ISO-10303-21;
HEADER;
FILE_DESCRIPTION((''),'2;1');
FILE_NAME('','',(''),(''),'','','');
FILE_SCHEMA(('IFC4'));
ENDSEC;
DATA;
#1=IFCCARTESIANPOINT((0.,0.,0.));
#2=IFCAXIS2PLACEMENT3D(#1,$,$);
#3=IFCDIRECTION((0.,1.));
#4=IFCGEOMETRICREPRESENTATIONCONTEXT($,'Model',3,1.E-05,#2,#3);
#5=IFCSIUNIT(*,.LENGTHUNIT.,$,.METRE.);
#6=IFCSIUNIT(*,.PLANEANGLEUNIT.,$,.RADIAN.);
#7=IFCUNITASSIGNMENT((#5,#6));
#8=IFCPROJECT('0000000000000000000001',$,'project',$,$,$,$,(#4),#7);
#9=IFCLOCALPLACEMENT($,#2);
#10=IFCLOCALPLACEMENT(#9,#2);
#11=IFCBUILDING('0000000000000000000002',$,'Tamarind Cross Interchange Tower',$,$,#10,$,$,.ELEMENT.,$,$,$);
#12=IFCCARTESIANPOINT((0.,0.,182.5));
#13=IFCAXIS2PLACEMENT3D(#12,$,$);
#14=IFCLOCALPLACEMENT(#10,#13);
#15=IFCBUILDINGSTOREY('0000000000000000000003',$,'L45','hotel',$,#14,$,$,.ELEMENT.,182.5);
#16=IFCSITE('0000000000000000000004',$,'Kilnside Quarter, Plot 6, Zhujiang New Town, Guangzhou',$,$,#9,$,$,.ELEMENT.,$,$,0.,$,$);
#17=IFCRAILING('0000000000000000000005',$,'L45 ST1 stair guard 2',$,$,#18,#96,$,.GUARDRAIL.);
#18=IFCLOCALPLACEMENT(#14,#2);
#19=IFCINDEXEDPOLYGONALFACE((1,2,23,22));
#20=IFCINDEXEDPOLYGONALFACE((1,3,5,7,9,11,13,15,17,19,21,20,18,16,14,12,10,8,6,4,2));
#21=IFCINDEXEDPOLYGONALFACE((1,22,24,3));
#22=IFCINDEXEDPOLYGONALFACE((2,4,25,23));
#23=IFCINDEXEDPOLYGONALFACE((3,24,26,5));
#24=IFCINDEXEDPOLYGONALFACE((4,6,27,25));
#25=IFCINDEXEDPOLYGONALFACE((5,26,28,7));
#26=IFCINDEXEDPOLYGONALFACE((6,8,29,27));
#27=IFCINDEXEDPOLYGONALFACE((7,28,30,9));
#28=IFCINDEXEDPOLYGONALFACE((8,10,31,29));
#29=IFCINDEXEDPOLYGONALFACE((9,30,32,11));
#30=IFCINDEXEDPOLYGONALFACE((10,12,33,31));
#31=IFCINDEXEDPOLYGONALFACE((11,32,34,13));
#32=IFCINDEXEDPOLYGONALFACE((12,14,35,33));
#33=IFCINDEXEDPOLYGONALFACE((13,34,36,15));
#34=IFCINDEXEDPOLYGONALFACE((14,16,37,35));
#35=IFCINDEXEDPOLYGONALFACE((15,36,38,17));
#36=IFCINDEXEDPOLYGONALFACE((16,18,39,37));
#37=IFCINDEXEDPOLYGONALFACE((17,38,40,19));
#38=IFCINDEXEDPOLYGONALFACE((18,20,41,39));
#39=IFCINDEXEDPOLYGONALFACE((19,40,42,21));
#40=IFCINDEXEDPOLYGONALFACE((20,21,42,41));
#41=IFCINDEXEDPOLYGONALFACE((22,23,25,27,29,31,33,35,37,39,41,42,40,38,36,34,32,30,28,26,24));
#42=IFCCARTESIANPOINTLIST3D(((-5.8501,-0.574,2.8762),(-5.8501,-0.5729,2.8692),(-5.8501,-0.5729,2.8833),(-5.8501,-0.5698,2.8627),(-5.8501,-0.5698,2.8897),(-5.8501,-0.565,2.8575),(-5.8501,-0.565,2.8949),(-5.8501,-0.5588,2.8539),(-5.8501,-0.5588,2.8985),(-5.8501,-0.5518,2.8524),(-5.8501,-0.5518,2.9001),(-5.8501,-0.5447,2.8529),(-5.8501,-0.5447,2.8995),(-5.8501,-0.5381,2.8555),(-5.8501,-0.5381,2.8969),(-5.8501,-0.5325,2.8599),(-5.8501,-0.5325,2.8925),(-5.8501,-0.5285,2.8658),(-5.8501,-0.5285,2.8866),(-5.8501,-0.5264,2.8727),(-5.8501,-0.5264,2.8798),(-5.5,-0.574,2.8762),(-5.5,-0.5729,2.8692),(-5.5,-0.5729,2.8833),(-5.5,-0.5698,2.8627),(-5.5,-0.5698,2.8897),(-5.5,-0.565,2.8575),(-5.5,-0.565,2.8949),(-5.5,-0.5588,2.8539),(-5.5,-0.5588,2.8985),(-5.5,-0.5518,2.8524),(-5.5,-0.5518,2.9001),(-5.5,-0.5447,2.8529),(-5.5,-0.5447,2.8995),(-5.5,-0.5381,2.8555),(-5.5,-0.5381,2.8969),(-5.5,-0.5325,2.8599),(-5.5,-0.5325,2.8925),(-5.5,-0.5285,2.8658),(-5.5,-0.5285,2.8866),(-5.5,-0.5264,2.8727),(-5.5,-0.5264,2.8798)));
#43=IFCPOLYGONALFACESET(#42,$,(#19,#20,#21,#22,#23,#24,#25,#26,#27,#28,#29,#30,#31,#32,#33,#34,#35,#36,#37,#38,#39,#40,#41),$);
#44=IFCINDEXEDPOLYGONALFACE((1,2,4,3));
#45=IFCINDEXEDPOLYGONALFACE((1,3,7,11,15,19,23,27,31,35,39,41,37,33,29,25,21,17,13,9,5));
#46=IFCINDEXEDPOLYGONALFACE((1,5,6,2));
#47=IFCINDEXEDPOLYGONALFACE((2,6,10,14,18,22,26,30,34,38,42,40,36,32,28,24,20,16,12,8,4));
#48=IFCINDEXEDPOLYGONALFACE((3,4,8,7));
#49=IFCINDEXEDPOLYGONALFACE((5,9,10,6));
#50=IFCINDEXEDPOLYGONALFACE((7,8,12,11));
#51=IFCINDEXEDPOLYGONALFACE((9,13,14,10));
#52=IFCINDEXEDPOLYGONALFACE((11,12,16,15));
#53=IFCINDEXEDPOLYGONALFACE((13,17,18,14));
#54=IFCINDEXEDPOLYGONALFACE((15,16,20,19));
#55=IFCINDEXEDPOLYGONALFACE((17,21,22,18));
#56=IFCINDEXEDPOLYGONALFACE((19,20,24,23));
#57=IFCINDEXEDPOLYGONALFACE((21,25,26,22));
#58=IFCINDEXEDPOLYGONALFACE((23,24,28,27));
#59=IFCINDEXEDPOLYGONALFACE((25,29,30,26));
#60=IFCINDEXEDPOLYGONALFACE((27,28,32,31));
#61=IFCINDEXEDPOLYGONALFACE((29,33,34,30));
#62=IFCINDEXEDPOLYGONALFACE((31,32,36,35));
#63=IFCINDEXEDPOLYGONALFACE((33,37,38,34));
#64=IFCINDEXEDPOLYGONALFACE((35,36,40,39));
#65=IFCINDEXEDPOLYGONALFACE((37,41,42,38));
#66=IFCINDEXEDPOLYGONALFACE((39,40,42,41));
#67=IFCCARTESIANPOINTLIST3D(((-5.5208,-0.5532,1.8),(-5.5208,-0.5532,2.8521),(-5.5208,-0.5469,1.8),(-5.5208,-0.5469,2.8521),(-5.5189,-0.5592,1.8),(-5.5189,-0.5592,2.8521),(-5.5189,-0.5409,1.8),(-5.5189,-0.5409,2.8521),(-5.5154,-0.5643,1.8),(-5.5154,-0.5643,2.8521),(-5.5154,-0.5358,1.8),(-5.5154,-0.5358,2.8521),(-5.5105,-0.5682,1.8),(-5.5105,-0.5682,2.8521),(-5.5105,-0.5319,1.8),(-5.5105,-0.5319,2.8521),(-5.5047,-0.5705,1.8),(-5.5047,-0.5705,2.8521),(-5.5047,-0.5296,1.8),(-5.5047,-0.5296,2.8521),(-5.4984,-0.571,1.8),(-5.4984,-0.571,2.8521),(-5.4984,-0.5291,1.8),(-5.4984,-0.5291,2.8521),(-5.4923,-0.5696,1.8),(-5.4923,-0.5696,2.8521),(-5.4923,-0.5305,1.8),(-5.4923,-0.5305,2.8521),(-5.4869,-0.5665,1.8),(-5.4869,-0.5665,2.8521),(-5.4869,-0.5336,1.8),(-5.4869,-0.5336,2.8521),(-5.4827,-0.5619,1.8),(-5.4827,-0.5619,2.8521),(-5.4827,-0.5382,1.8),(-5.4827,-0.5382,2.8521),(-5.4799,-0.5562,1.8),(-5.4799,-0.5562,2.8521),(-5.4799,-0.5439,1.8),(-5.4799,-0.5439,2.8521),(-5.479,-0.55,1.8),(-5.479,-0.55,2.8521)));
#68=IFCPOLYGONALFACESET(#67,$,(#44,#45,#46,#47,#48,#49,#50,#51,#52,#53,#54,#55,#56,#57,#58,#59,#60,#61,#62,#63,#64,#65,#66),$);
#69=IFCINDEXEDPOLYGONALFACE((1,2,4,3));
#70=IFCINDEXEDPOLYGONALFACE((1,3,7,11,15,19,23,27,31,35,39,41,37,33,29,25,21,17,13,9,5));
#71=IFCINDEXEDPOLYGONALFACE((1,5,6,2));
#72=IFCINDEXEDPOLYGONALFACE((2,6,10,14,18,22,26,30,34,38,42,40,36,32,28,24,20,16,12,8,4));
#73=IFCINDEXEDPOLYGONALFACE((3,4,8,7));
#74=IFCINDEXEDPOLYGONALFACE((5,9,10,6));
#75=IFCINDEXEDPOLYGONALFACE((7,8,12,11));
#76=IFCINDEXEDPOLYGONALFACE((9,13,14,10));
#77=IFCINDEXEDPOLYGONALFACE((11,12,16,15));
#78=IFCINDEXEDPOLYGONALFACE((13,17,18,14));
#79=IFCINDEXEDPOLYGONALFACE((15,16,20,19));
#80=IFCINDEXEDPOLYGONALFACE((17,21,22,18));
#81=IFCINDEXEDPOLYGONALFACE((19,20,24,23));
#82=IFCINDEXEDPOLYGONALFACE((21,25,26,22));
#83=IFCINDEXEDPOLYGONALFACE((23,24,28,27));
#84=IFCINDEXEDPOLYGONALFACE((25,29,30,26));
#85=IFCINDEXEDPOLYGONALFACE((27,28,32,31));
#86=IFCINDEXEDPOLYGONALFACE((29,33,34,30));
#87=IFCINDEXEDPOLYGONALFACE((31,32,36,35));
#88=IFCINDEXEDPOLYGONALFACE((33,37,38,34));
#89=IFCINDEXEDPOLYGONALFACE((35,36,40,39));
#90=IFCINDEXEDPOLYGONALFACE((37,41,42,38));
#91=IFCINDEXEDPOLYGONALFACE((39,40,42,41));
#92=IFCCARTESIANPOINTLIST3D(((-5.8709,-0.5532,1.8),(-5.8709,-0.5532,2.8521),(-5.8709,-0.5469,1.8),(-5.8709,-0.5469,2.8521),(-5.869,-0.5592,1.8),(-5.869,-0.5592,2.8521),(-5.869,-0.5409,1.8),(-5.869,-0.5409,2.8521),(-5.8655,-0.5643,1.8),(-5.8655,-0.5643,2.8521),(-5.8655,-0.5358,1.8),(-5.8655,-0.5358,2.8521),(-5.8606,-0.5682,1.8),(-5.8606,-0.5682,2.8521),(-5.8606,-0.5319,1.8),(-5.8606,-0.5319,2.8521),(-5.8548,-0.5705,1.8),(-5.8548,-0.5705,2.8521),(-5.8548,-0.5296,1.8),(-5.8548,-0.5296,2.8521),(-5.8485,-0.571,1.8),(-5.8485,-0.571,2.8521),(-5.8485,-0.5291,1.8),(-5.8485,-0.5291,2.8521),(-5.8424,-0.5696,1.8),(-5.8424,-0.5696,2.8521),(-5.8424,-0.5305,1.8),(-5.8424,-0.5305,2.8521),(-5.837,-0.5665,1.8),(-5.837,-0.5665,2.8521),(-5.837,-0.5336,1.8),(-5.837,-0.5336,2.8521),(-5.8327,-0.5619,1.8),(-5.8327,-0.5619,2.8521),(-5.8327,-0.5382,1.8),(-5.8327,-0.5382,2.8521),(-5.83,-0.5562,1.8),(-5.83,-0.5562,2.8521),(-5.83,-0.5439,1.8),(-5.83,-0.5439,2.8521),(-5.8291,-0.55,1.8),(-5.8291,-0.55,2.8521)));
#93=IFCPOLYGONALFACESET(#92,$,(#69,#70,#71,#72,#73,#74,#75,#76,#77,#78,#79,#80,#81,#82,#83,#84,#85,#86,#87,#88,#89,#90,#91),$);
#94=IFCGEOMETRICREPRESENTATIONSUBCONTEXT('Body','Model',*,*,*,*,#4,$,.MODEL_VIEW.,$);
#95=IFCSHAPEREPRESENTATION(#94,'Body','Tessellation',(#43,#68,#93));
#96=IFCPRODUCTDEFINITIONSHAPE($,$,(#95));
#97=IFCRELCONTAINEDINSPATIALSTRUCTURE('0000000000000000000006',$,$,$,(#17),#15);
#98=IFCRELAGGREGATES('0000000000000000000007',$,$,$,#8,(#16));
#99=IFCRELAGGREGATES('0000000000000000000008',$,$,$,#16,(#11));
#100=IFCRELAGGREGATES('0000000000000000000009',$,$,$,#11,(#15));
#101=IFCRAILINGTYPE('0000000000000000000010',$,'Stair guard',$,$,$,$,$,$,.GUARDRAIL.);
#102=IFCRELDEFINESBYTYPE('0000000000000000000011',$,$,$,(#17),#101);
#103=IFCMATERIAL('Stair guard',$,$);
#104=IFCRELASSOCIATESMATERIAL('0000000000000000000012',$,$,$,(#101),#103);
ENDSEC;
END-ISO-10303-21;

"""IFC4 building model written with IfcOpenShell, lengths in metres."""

from ifc_helpers import new_model, si_unit, direction, frame, origin, origin_2d, place, context, subcontext, project, spatial, circle, extrude, material, type_object, element, save


model = new_model("IFC4")

# Units and contexts
model_context = context("Model", 3, precision=1e-05, world=origin(), true_north=direction((0.0, 1.0)))
body_context = subcontext(model_context, "Body", "Model", "MODEL_VIEW")
ifc_project = project(units=[si_unit("LENGTHUNIT", "METRE"), si_unit("PLANEANGLEUNIT", "RADIAN")], contexts=[model_context])

# Site, building, storey
site_placement = place(None, origin())
site = spatial("IfcSite", under=ifc_project, at=site_placement, Name="Kilnside Quarter, Plot 6, Zhujiang New Town, Guangzhou", CompositionType="ELEMENT", RefElevation=0.0)
building_placement = place(site_placement, origin())
building = spatial("IfcBuilding", under=site, at=building_placement, Name="Tamarind Cross Interchange Tower", CompositionType="ELEMENT")
storey_placement = place(building_placement, frame((0.0, 0.0, 182.5)))
storey = spatial("IfcBuildingStorey", under=building, at=storey_placement, Name="L45", Description="hotel", CompositionType="ELEMENT", Elevation=182.5)

# Railing
ifc_material_1 = material(Name="Stair guard")
railing_type_1 = type_object("IfcRailingType", Name="Stair guard", PredefinedType="GUARDRAIL", material=ifc_material_1)
railing_1_placement = place(storey_placement, frame((-5.5, -0.55, 1.8)))
element("IfcRailing", 1, at=railing_1_placement, inside=storey, type_object=railing_type_1, Name="L45 ST1 stair guard 2", PredefinedType="GUARDRAIL", context=body_context, shape_type="SweptSolid", body=[
    extrude(circle(Radius=0.0239, at=origin_2d()), frame((0.0, 0.0, 1.0762), z_axis=(-1.0, 0.0, 0.0), x_axis=(0.0, -1.0, 0.0)), (0.0, 0.0, 1.0), 0.3501),
    extrude(circle(Radius=0.021, at=origin_2d()), origin(), (0.0, 0.0, 1.0), 1.052),
    extrude(circle(Radius=0.021, at=origin_2d()), frame((-0.3501, 0.0, 0.0)), (0.0, 0.0, 1.0), 1.052),
])

save(model, "model.ifc")
